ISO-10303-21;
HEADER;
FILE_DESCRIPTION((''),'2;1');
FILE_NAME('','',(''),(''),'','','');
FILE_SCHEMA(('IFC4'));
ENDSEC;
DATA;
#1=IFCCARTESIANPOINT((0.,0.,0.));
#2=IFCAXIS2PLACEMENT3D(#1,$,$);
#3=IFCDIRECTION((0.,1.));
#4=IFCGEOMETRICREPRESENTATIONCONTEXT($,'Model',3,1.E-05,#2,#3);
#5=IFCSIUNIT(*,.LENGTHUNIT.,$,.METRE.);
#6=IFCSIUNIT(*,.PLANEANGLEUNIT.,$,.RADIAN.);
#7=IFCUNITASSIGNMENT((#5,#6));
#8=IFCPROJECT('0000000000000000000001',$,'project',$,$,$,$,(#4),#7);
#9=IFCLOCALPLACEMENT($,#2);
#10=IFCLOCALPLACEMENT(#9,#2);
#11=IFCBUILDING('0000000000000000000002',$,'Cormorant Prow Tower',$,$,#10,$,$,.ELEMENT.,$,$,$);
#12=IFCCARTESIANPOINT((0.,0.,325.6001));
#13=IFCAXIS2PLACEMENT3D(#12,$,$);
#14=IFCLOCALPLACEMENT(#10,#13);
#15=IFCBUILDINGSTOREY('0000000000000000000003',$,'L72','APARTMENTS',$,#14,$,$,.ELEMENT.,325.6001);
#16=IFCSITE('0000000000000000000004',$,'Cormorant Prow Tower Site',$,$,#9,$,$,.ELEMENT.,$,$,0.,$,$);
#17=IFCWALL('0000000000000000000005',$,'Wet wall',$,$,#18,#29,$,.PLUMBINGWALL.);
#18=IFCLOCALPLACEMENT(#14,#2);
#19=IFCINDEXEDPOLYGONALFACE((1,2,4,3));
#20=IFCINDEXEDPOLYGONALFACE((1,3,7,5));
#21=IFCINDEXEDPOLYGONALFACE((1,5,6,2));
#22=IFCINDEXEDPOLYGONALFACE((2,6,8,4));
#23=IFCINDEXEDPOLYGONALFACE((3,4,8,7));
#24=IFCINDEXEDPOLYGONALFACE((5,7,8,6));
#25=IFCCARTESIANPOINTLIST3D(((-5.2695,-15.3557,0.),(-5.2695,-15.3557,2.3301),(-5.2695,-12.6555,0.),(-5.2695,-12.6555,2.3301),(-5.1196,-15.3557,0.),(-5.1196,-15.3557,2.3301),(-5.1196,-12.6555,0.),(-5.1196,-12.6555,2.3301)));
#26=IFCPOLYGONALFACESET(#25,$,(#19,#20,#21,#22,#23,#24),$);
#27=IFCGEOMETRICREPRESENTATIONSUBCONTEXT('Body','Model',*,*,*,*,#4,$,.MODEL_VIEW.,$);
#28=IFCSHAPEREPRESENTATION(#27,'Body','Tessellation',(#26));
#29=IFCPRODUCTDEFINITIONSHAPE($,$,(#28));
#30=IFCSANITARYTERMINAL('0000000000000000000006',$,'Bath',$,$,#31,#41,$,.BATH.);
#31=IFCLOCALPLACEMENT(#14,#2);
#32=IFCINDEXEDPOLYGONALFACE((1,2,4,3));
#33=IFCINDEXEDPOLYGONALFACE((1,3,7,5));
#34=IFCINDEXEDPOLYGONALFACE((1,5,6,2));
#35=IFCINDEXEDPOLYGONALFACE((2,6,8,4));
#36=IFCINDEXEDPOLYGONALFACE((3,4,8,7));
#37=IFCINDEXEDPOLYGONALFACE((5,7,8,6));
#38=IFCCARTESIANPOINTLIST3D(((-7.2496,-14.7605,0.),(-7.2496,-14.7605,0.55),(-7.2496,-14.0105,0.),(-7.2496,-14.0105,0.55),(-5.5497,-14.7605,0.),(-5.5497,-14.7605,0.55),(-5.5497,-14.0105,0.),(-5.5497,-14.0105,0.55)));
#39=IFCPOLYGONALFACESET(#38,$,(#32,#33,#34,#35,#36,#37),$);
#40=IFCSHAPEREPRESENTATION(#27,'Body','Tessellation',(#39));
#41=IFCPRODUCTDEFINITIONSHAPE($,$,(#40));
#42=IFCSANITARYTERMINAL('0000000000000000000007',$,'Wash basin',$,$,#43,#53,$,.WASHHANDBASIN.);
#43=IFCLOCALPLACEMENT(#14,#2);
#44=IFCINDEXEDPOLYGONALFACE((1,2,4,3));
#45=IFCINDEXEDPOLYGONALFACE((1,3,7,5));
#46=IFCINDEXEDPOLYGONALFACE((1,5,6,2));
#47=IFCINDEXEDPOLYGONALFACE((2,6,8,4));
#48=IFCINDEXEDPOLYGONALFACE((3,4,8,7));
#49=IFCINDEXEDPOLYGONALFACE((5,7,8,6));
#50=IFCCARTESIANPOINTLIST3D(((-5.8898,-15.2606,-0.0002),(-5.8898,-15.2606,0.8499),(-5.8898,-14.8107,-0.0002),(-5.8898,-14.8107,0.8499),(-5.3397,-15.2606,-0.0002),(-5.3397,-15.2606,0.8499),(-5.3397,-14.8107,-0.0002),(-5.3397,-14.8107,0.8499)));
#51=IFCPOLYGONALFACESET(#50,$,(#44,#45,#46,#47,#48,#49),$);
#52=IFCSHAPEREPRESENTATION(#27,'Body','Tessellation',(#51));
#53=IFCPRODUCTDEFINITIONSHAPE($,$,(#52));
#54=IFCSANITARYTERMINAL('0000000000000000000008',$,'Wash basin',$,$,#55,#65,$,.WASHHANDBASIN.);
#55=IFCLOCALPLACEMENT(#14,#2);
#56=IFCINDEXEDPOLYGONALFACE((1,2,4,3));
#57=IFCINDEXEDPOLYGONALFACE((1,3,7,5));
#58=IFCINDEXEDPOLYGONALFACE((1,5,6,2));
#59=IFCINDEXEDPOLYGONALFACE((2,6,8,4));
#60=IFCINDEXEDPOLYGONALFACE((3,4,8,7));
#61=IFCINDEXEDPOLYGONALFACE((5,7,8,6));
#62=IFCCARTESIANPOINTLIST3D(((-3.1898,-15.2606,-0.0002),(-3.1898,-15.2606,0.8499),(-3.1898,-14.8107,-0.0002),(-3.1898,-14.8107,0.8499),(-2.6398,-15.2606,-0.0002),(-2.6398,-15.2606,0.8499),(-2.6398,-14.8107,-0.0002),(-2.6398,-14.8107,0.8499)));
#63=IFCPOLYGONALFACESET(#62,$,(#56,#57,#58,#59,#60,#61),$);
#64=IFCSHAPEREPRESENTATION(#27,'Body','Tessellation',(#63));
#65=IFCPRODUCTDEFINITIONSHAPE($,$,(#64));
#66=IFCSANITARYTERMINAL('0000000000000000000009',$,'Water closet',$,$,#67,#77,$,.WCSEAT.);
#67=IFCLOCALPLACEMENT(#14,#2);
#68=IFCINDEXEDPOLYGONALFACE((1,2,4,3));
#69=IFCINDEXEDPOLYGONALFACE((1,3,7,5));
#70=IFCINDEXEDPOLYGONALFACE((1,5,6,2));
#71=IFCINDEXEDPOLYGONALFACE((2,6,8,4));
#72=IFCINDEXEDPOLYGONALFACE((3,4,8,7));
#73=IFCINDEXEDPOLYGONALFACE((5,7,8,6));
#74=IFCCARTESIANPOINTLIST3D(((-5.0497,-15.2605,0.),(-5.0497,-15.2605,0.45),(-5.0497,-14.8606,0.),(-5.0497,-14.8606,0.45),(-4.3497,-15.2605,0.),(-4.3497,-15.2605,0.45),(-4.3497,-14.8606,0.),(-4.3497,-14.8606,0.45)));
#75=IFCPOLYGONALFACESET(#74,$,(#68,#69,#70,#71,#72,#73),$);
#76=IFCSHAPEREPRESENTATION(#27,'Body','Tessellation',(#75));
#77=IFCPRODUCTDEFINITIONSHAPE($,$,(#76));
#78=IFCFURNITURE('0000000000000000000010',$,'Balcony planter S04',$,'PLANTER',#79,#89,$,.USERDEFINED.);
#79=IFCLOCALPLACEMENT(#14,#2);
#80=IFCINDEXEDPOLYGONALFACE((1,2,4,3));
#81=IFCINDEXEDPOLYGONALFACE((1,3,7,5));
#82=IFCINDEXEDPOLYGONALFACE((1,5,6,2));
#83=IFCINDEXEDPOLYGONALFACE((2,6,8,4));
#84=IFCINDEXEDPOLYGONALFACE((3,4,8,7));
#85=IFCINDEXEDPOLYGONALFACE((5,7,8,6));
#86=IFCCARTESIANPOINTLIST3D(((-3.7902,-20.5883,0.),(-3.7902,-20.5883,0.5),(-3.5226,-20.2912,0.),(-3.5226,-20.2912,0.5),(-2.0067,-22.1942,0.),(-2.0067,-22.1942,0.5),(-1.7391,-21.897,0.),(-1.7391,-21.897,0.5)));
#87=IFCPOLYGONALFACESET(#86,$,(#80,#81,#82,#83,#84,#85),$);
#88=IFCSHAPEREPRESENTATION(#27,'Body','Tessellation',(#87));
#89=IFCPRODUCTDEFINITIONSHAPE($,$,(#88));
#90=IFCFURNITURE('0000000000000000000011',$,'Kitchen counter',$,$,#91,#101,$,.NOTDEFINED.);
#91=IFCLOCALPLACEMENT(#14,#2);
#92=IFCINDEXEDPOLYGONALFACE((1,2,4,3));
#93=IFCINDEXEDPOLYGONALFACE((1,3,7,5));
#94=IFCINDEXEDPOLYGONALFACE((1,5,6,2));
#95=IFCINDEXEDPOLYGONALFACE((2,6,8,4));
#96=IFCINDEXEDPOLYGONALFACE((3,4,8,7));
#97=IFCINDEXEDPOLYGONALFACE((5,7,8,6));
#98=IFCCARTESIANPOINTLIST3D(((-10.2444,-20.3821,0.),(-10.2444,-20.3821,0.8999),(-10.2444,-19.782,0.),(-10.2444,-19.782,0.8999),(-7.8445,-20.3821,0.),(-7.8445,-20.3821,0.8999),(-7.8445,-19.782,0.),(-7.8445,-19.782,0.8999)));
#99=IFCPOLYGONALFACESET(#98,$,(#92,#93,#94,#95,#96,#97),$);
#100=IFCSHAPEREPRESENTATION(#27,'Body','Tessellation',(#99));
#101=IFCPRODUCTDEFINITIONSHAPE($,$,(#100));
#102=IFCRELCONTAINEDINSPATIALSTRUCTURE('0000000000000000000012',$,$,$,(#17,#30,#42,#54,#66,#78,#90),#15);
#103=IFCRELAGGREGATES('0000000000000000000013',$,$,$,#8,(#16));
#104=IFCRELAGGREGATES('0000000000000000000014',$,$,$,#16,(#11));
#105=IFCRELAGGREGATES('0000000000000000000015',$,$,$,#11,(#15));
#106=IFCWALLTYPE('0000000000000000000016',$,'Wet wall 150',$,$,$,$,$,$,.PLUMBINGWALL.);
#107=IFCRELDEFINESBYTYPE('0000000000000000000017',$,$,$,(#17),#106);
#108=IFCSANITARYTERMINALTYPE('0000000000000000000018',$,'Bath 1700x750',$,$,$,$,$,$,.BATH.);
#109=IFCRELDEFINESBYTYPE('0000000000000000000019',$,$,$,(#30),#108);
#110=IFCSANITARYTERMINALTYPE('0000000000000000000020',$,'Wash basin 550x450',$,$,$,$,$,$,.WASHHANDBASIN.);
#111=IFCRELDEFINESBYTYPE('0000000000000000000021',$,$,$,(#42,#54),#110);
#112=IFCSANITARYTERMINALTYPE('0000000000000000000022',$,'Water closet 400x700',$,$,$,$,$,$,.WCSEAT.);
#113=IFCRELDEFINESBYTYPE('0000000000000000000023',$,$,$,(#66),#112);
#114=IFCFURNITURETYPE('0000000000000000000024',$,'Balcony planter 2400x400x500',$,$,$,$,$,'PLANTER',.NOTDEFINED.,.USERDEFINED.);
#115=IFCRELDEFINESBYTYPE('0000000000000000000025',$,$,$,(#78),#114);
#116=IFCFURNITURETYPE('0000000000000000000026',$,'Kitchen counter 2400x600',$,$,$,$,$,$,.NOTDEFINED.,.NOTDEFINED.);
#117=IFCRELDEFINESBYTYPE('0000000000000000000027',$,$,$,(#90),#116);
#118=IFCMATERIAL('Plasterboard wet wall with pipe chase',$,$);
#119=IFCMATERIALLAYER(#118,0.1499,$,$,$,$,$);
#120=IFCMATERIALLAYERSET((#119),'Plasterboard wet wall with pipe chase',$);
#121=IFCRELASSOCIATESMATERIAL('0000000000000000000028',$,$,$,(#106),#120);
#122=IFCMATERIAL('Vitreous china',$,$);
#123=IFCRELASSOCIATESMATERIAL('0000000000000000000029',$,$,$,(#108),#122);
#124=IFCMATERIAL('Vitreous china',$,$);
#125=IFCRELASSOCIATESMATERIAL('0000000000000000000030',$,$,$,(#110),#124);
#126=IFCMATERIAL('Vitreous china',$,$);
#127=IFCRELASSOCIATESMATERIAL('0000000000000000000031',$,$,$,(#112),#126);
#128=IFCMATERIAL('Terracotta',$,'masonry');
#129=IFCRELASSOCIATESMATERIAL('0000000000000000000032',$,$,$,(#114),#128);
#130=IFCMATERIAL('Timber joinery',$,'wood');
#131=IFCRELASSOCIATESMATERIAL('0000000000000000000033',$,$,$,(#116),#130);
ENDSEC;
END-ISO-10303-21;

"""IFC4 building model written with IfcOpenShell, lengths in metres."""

from ifc_helpers import new_model, si_unit, direction, frame, frame_2d, origin, origin_2d, place, context, subcontext, project, spatial, rectangle, extrude, material, layer, layer_set, type_object, element, save


model = new_model("IFC4")

# Units and contexts
model_context = context("Model", 3, precision=1e-05, world=origin(), true_north=direction((0.0, 1.0)))
body_context = subcontext(model_context, "Body", "Model", "MODEL_VIEW")
ifc_project = project(units=[si_unit("LENGTHUNIT", "METRE"), si_unit("PLANEANGLEUNIT", "RADIAN")], contexts=[model_context])

# Site, building, storey
site_placement = place(None, origin())
site = spatial("IfcSite", under=ifc_project, at=site_placement, Name="Cormorant Prow Tower Site", CompositionType="ELEMENT", RefElevation=0.0)
building_placement = place(site_placement, origin())
building = spatial("IfcBuilding", under=site, at=building_placement, Name="Cormorant Prow Tower", CompositionType="ELEMENT")
storey_placement = place(building_placement, frame((0.0, 0.0, 325.6001)))
storey = spatial("IfcBuildingStorey", under=building, at=storey_placement, Name="L72", Description="APARTMENTS", CompositionType="ELEMENT", Elevation=325.6001)

# Wall
ifc_material_1 = material(Name="Plasterboard wet wall with pipe chase")
ifc_layer_1 = layer(ifc_material_1, 0.1499)
ifc_layer_set_1 = layer_set([ifc_layer_1], Name="Plasterboard wet wall with pipe chase")
wall_type_1 = type_object("IfcWallType", Name="Wet wall 150", PredefinedType="PLUMBINGWALL", material=ifc_layer_set_1)
wall_1_placement = place(storey_placement, frame((-5.1946, -15.3557, 0.0), z_axis=(0.0, 0.0, 1.0), x_axis=(0.0, 1.0, 0.0)))
element("IfcWall", 1, at=wall_1_placement, inside=storey, type_object=wall_type_1, Name="Wet wall", PredefinedType="PLUMBINGWALL", context=body_context, shape_type="SweptSolid", body=[
    extrude(rectangle(XDim=2.7002, YDim=0.1499, at=frame_2d((1.3501, 0.0))), origin(), (0.0, 0.0, 1.0), 2.3301),
])

# Sanitary terminals
ifc_material_2 = material(Name="Vitreous china")
sanitary_terminal_type_1 = type_object("IfcSanitaryTerminalType", Name="Bath 1700x750", PredefinedType="BATH", material=ifc_material_2)
sanitary_terminal_1_placement = place(storey_placement, frame((-6.3997, -14.3855, 0.0), z_axis=(0.0, 0.0, 1.0), x_axis=(1.0, 0.0, 0.0)))
element("IfcSanitaryTerminal", 2, at=sanitary_terminal_1_placement, inside=storey, type_object=sanitary_terminal_type_1, Name="Bath", PredefinedType="BATH", context=body_context, shape_type="SweptSolid", body=[
    extrude(rectangle(XDim=1.7, YDim=0.75, at=origin_2d()), origin(), (0.0, 0.0, 1.0), 0.55),
])
ifc_material_3 = material(Name="Vitreous china")
sanitary_terminal_type_2 = type_object("IfcSanitaryTerminalType", Name="Wash basin 550x450", PredefinedType="WASHHANDBASIN", material=ifc_material_3)
for number, where, z_axis, x_axis, name in (
    (3, (-5.6147, -15.0356, -0.0002), (0.0, 0.0, 1.0), (-1.0, 0.0, 0.0), "Wash basin"),
    (4, (-2.9148, -15.0356, -0.0002), (0.0, 0.0, 1.0), (-1.0, 0.0, 0.0), "Wash basin"),
):
    element("IfcSanitaryTerminal", number, at=place(storey_placement, frame(where, z_axis=z_axis, x_axis=x_axis)), inside=storey, type_object=sanitary_terminal_type_2, Name=name, PredefinedType="WASHHANDBASIN", context=body_context, shape_type="SweptSolid", body=[
        extrude(rectangle(XDim=0.55, YDim=0.45, at=origin_2d()), origin(), (0.0, 0.0, 1.0), 0.8501),
    ])
ifc_material_4 = material(Name="Vitreous china")
sanitary_terminal_type_3 = type_object("IfcSanitaryTerminalType", Name="Water closet 400x700", PredefinedType="WCSEAT", material=ifc_material_4)
sanitary_terminal_2_placement = place(storey_placement, frame((-4.6997, -15.0605, 0.0), z_axis=(0.0, 0.0, 1.0), x_axis=(0.0, 1.0, 0.0)))
element("IfcSanitaryTerminal", 5, at=sanitary_terminal_2_placement, inside=storey, type_object=sanitary_terminal_type_3, Name="Water closet", PredefinedType="WCSEAT", context=body_context, shape_type="SweptSolid", body=[
    extrude(rectangle(XDim=0.3999, YDim=0.7, at=origin_2d()), origin(), (0.0, 0.0, 1.0), 0.45),
])

# Furniture
ifc_material_5 = material(Name="Terracotta", Category="masonry")
furniture_type_1 = type_object("IfcFurnitureType", Name="Balcony planter 2400x400x500", ElementType="PLANTER", AssemblyPlace="NOTDEFINED", PredefinedType="USERDEFINED", material=ifc_material_5)
furniture_1_placement = place(storey_placement, frame((-2.7646, -21.2427, 0.0), z_axis=(0.0, 0.0, 1.0), x_axis=(0.743145, -0.669131, 0.0)))
element("IfcFurniture", 6, at=furniture_1_placement, inside=storey, type_object=furniture_type_1, Name="Balcony planter S04", ObjectType="PLANTER", PredefinedType="USERDEFINED", context=body_context, shape_type="SweptSolid", body=[
    extrude(rectangle(XDim=2.3999, YDim=0.3999, at=origin_2d()), origin(), (0.0, 0.0, 1.0), 0.5),
])
ifc_material_6 = material(Name="Timber joinery", Category="wood")
furniture_type_2 = type_object("IfcFurnitureType", Name="Kitchen counter 2400x600", AssemblyPlace="NOTDEFINED", PredefinedType="NOTDEFINED", material=ifc_material_6)
furniture_2_placement = place(storey_placement, frame((-9.0444, -20.082, 0.0), z_axis=(0.0, 0.0, 1.0), x_axis=(1.0, 0.0, 0.0)))
element("IfcFurniture", 7, at=furniture_2_placement, inside=storey, type_object=furniture_type_2, Name="Kitchen counter", PredefinedType="NOTDEFINED", context=body_context, shape_type="SweptSolid", body=[
    extrude(rectangle(XDim=2.3999, YDim=0.6001, at=origin_2d()), origin(), (0.0, 0.0, 1.0), 0.8999),
])

save(model, "model.ifc")
